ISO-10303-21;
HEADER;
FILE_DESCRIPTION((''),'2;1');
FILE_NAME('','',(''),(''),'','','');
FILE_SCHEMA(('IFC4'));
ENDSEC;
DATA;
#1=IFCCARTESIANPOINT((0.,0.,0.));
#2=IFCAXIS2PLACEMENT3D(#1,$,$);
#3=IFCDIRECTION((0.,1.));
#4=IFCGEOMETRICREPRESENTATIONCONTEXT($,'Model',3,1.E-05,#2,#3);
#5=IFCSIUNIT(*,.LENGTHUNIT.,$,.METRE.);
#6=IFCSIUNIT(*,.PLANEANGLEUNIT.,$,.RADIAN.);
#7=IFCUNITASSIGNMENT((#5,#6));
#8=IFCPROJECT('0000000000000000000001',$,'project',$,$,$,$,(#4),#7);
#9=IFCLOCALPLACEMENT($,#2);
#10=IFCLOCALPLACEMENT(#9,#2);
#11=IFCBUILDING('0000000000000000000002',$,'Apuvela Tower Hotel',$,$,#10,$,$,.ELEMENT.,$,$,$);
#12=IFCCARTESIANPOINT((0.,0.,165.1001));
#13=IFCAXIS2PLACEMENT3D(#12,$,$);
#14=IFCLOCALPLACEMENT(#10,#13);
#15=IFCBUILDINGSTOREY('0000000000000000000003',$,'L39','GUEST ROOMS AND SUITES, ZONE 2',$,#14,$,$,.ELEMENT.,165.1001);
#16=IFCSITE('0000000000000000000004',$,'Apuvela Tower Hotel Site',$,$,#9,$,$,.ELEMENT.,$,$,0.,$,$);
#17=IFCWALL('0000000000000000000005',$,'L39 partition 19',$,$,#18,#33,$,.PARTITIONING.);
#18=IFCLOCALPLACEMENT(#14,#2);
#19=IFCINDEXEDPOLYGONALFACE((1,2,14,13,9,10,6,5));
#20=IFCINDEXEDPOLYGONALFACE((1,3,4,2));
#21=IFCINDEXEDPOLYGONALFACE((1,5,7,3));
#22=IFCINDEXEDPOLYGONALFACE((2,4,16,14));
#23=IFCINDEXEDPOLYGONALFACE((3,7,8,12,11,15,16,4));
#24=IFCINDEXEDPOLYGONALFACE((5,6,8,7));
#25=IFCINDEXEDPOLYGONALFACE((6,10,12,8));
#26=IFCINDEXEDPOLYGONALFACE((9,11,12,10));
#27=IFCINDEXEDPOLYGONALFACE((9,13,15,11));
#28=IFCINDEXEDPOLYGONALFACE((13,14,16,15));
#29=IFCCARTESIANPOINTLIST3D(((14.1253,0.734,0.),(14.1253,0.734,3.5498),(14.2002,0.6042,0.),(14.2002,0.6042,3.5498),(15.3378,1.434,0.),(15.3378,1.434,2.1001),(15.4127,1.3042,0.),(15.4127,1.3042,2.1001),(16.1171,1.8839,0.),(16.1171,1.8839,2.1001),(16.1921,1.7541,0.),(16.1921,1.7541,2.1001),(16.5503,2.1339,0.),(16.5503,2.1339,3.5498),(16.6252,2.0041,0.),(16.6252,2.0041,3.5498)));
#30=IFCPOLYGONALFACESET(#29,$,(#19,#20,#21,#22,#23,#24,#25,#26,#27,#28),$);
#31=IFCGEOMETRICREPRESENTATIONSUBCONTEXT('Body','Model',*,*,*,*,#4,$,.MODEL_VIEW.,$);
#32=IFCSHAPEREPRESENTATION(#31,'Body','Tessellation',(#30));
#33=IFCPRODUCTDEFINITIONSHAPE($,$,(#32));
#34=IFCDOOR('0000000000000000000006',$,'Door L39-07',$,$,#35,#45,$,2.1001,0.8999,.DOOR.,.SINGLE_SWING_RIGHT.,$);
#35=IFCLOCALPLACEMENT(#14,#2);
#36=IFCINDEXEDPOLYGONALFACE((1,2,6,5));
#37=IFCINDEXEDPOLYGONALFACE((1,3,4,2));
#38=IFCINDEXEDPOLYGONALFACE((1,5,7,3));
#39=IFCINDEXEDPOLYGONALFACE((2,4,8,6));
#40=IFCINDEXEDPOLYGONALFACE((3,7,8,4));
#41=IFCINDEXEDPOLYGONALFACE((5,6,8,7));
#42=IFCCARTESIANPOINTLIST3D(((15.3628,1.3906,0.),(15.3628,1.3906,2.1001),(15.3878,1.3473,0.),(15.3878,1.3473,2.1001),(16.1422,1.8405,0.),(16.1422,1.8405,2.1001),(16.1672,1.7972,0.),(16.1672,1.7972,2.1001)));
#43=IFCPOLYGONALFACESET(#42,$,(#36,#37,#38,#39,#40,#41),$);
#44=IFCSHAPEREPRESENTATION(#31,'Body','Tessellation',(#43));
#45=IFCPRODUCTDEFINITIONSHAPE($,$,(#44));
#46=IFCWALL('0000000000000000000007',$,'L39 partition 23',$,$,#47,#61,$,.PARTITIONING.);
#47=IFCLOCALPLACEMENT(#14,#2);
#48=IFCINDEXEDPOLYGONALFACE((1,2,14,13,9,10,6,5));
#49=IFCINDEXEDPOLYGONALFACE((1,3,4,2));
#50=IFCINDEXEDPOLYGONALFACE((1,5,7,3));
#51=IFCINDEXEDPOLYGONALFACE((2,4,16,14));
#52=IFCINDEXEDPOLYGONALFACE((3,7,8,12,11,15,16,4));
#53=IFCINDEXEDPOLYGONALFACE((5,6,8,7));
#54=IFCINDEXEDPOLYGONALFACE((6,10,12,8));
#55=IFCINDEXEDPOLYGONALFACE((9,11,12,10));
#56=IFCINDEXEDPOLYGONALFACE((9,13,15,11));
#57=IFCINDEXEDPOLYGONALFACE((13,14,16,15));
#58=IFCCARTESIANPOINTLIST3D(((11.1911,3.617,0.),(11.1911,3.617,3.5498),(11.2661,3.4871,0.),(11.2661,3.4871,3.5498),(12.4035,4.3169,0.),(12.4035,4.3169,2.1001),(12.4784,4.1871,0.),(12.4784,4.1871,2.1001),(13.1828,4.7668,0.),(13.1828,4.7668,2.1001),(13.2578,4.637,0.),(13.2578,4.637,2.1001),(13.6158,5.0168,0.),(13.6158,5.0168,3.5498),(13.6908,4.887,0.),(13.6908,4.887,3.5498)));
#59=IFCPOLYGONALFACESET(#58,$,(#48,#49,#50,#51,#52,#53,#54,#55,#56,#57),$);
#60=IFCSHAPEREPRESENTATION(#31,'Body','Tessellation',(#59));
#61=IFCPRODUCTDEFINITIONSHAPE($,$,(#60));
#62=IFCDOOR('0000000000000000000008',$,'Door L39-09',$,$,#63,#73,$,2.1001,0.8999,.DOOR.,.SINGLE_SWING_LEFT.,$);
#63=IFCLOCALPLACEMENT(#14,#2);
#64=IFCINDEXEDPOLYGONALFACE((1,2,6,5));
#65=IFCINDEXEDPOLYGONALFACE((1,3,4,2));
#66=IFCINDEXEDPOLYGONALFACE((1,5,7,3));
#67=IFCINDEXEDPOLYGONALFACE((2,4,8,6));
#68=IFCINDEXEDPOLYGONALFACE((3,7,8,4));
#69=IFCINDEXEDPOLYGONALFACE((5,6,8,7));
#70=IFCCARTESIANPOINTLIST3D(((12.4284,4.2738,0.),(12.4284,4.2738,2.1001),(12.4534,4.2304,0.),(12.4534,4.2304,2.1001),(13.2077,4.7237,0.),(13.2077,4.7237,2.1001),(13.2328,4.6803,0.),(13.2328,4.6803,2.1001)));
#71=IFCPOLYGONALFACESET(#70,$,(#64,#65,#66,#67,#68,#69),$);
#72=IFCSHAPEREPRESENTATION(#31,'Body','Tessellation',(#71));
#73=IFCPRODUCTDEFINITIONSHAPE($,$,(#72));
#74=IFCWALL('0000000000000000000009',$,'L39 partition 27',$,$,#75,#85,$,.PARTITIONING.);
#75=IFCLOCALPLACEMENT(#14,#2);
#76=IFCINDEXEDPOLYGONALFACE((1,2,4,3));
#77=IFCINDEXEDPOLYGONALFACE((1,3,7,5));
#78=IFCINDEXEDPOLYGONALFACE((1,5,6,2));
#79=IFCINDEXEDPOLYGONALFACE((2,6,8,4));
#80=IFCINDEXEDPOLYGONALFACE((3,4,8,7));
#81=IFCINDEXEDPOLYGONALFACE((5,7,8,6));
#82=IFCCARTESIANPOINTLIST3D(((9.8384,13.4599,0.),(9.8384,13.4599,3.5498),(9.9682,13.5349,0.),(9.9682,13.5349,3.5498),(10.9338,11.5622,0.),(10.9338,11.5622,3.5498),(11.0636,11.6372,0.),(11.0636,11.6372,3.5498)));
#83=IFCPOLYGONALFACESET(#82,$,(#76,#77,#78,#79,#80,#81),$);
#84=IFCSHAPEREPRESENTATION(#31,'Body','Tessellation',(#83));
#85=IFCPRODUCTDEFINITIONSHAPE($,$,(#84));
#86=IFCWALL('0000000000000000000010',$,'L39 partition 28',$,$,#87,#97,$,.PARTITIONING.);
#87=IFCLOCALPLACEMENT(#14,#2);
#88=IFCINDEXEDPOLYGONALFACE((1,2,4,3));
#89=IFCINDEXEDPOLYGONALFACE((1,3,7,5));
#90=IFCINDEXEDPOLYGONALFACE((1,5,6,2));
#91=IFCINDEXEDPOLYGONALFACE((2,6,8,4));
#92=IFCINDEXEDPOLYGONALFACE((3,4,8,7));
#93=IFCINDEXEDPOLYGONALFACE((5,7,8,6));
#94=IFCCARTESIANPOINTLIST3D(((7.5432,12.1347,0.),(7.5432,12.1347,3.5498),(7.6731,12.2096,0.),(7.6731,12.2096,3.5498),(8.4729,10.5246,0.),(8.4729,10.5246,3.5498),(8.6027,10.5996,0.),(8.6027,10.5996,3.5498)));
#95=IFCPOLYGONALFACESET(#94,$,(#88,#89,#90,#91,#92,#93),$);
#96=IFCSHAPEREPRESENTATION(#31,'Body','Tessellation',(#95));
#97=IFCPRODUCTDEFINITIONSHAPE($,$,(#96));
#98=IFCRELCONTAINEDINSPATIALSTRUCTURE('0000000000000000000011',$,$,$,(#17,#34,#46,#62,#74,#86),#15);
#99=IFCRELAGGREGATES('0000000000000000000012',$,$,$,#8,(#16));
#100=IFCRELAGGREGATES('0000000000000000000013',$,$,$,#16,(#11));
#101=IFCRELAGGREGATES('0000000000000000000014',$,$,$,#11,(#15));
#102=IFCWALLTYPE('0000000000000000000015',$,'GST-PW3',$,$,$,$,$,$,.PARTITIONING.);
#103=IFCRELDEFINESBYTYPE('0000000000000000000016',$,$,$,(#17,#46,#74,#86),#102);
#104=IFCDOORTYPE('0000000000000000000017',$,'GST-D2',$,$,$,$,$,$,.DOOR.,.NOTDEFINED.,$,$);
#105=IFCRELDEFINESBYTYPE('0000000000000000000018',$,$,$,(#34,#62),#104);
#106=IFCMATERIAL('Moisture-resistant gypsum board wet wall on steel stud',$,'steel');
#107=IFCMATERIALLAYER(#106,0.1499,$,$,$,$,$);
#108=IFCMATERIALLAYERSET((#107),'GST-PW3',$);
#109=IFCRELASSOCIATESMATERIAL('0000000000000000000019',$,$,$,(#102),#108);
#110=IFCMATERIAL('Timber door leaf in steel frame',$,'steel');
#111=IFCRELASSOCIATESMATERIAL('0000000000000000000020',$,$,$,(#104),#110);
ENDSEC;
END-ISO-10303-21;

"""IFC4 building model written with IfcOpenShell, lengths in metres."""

from ifc_helpers import new_model, si_unit, direction, frame, frame_2d, origin, place, context, subcontext, project, spatial, rectangle, extrude, material, layer, layer_set, type_object, element, fill, save


model = new_model("IFC4")

# Units and contexts
model_context = context("Model", 3, precision=1e-05, world=origin(), true_north=direction((0.0, 1.0)))
body_context = subcontext(model_context, "Body", "Model", "MODEL_VIEW")
ifc_project = project(units=[si_unit("LENGTHUNIT", "METRE"), si_unit("PLANEANGLEUNIT", "RADIAN")], contexts=[model_context])

# Site, building, storey
site_placement = place(None, origin())
site = spatial("IfcSite", under=ifc_project, at=site_placement, Name="Apuvela Tower Hotel Site", CompositionType="ELEMENT", RefElevation=0.0)
building_placement = place(site_placement, origin())
building = spatial("IfcBuilding", under=site, at=building_placement, Name="Apuvela Tower Hotel", CompositionType="ELEMENT")
storey_placement = place(building_placement, frame((0.0, 0.0, 165.1001)))
storey = spatial("IfcBuildingStorey", under=building, at=storey_placement, Name="L39", Description="GUEST ROOMS AND SUITES, ZONE 2", CompositionType="ELEMENT", Elevation=165.1001)

# Walls, openings, doors
ifc_material_1 = material(Name="Timber door leaf in steel frame", Category="steel")
ifc_material_2 = material(Name="Moisture-resistant gypsum board wet wall on steel stud", Category="steel")
ifc_layer_1 = layer(ifc_material_2, 0.1499)
ifc_layer_set_1 = layer_set([ifc_layer_1], Name="GST-PW3")
wall_type_1 = type_object("IfcWallType", Name="GST-PW3", PredefinedType="PARTITIONING", material=ifc_layer_set_1)
wall_1_placement = place(storey_placement, frame((14.1628, 0.6692, 0.0), z_axis=(0.0, 0.0, 1.0), x_axis=(0.866056, 0.499946, 0.0)))
wall_1 = element("IfcWall", 1, at=wall_1_placement, inside=storey, type_object=wall_type_1, Name="L39 partition 19", PredefinedType="PARTITIONING", context=body_context, shape_type="SweptSolid", body=[
    extrude(rectangle(XDim=2.8, YDim=0.1499, at=frame_2d((1.3999, 0.0))), origin(), (0.0, 0.0, 1.0), 3.5498),
])
opening_1_placement = place(wall_1_placement, frame((1.3999, 0.0, 0.0)))
opening_1 = element("IfcOpeningElement", 2, at=opening_1_placement, cuts=wall_1, PredefinedType="OPENING", context=body_context, shape_type="SweptSolid", body=[
    extrude(rectangle(XDim=0.8999, YDim=2.1001, at=frame_2d((0.45, 1.05))), frame((0.0, 0.085, 0.0), z_axis=(0.0, -1.0, 0.0), x_axis=(1.0, 0.0, 0.0)), (0.0, 0.0, 1.0), 0.1699),
])
door_type_1 = type_object("IfcDoorType", Name="GST-D2", OperationType="NOTDEFINED", PredefinedType="DOOR", material=ifc_material_1)
door_1_placement = place(opening_1_placement, origin())
door_1 = element("IfcDoor", 3, at=door_1_placement, inside=storey, type_object=door_type_1, Name="Door L39-07", OperationType="SINGLE_SWING_RIGHT", OverallHeight=2.1001, OverallWidth=0.8999, PredefinedType="DOOR", context=body_context, shape_type="SweptSolid", body=[
    extrude(rectangle(XDim=0.8999, YDim=2.1001, at=frame_2d((0.45, 1.05))), frame((0.0, 0.0249, 0.0), z_axis=(0.0, -1.0, 0.0), x_axis=(1.0, 0.0, 0.0)), (0.0, 0.0, 1.0), 0.05),
])
fill(opening_1, door_1)
wall_2_placement = place(storey_placement, frame((13.6533, 4.9519, 0.0), z_axis=(0.0, 0.0, 1.0), x_axis=(-0.866035, -0.499984, 0.0)))
wall_2 = element("IfcWall", 4, at=wall_2_placement, inside=storey, type_object=wall_type_1, Name="L39 partition 23", PredefinedType="PARTITIONING", context=body_context, shape_type="SweptSolid", body=[
    extrude(rectangle(XDim=2.7998, YDim=0.1499, at=frame_2d((1.3999, 0.0))), origin(), (0.0, 0.0, 1.0), 3.5498),
])
opening_2_placement = place(wall_2_placement, frame((0.5, 0.0, 0.0)))
opening_2 = element("IfcOpeningElement", 5, at=opening_2_placement, cuts=wall_2, PredefinedType="OPENING", context=body_context, shape_type="SweptSolid", body=[
    extrude(rectangle(XDim=0.8999, YDim=2.1001, at=frame_2d((0.45, 1.05))), frame((0.0, 0.085, 0.0), z_axis=(0.0, -1.0, 0.0), x_axis=(1.0, 0.0, 0.0)), (0.0, 0.0, 1.0), 0.1699),
])
door_2_placement = place(opening_2_placement, origin())
door_2 = element("IfcDoor", 6, at=door_2_placement, inside=storey, type_object=door_type_1, Name="Door L39-09", OperationType="SINGLE_SWING_LEFT", OverallHeight=2.1001, OverallWidth=0.8999, PredefinedType="DOOR", context=body_context, shape_type="SweptSolid", body=[
    extrude(rectangle(XDim=0.8999, YDim=2.1001, at=frame_2d((0.45, 1.05))), frame((0.0, 0.0249, 0.0), z_axis=(0.0, -1.0, 0.0), x_axis=(1.0, 0.0, 0.0)), (0.0, 0.0, 1.0), 0.05),
])
fill(opening_2, door_2)

# Walls
wall_3_placement = place(storey_placement, frame((10.9988, 11.5996, 0.0), z_axis=(0.0, 0.0, 1.0), x_axis=(-0.499938, 0.866061, 0.0)))
element("IfcWall", 7, at=wall_3_placement, inside=storey, type_object=wall_type_1, Name="L39 partition 27", PredefinedType="PARTITIONING", context=body_context, shape_type="SweptSolid", body=[
    extrude(rectangle(XDim=2.1912, YDim=0.1499, at=frame_2d((1.0957, 0.0))), origin(), (0.0, 0.0, 1.0), 3.5498),
])
wall_4_placement = place(storey_placement, frame((8.5378, 10.562, 0.0), z_axis=(0.0, 0.0, 1.0), x_axis=(-0.500037, 0.866004, 0.0)))
element("IfcWall", 8, at=wall_4_placement, inside=storey, type_object=wall_type_1, Name="L39 partition 28", PredefinedType="PARTITIONING", context=body_context, shape_type="SweptSolid", body=[
    extrude(rectangle(XDim=1.8591, YDim=0.1499, at=frame_2d((0.9297, 0.0))), origin(), (0.0, 0.0, 1.0), 3.5498),
])

save(model, "model.ifc")
